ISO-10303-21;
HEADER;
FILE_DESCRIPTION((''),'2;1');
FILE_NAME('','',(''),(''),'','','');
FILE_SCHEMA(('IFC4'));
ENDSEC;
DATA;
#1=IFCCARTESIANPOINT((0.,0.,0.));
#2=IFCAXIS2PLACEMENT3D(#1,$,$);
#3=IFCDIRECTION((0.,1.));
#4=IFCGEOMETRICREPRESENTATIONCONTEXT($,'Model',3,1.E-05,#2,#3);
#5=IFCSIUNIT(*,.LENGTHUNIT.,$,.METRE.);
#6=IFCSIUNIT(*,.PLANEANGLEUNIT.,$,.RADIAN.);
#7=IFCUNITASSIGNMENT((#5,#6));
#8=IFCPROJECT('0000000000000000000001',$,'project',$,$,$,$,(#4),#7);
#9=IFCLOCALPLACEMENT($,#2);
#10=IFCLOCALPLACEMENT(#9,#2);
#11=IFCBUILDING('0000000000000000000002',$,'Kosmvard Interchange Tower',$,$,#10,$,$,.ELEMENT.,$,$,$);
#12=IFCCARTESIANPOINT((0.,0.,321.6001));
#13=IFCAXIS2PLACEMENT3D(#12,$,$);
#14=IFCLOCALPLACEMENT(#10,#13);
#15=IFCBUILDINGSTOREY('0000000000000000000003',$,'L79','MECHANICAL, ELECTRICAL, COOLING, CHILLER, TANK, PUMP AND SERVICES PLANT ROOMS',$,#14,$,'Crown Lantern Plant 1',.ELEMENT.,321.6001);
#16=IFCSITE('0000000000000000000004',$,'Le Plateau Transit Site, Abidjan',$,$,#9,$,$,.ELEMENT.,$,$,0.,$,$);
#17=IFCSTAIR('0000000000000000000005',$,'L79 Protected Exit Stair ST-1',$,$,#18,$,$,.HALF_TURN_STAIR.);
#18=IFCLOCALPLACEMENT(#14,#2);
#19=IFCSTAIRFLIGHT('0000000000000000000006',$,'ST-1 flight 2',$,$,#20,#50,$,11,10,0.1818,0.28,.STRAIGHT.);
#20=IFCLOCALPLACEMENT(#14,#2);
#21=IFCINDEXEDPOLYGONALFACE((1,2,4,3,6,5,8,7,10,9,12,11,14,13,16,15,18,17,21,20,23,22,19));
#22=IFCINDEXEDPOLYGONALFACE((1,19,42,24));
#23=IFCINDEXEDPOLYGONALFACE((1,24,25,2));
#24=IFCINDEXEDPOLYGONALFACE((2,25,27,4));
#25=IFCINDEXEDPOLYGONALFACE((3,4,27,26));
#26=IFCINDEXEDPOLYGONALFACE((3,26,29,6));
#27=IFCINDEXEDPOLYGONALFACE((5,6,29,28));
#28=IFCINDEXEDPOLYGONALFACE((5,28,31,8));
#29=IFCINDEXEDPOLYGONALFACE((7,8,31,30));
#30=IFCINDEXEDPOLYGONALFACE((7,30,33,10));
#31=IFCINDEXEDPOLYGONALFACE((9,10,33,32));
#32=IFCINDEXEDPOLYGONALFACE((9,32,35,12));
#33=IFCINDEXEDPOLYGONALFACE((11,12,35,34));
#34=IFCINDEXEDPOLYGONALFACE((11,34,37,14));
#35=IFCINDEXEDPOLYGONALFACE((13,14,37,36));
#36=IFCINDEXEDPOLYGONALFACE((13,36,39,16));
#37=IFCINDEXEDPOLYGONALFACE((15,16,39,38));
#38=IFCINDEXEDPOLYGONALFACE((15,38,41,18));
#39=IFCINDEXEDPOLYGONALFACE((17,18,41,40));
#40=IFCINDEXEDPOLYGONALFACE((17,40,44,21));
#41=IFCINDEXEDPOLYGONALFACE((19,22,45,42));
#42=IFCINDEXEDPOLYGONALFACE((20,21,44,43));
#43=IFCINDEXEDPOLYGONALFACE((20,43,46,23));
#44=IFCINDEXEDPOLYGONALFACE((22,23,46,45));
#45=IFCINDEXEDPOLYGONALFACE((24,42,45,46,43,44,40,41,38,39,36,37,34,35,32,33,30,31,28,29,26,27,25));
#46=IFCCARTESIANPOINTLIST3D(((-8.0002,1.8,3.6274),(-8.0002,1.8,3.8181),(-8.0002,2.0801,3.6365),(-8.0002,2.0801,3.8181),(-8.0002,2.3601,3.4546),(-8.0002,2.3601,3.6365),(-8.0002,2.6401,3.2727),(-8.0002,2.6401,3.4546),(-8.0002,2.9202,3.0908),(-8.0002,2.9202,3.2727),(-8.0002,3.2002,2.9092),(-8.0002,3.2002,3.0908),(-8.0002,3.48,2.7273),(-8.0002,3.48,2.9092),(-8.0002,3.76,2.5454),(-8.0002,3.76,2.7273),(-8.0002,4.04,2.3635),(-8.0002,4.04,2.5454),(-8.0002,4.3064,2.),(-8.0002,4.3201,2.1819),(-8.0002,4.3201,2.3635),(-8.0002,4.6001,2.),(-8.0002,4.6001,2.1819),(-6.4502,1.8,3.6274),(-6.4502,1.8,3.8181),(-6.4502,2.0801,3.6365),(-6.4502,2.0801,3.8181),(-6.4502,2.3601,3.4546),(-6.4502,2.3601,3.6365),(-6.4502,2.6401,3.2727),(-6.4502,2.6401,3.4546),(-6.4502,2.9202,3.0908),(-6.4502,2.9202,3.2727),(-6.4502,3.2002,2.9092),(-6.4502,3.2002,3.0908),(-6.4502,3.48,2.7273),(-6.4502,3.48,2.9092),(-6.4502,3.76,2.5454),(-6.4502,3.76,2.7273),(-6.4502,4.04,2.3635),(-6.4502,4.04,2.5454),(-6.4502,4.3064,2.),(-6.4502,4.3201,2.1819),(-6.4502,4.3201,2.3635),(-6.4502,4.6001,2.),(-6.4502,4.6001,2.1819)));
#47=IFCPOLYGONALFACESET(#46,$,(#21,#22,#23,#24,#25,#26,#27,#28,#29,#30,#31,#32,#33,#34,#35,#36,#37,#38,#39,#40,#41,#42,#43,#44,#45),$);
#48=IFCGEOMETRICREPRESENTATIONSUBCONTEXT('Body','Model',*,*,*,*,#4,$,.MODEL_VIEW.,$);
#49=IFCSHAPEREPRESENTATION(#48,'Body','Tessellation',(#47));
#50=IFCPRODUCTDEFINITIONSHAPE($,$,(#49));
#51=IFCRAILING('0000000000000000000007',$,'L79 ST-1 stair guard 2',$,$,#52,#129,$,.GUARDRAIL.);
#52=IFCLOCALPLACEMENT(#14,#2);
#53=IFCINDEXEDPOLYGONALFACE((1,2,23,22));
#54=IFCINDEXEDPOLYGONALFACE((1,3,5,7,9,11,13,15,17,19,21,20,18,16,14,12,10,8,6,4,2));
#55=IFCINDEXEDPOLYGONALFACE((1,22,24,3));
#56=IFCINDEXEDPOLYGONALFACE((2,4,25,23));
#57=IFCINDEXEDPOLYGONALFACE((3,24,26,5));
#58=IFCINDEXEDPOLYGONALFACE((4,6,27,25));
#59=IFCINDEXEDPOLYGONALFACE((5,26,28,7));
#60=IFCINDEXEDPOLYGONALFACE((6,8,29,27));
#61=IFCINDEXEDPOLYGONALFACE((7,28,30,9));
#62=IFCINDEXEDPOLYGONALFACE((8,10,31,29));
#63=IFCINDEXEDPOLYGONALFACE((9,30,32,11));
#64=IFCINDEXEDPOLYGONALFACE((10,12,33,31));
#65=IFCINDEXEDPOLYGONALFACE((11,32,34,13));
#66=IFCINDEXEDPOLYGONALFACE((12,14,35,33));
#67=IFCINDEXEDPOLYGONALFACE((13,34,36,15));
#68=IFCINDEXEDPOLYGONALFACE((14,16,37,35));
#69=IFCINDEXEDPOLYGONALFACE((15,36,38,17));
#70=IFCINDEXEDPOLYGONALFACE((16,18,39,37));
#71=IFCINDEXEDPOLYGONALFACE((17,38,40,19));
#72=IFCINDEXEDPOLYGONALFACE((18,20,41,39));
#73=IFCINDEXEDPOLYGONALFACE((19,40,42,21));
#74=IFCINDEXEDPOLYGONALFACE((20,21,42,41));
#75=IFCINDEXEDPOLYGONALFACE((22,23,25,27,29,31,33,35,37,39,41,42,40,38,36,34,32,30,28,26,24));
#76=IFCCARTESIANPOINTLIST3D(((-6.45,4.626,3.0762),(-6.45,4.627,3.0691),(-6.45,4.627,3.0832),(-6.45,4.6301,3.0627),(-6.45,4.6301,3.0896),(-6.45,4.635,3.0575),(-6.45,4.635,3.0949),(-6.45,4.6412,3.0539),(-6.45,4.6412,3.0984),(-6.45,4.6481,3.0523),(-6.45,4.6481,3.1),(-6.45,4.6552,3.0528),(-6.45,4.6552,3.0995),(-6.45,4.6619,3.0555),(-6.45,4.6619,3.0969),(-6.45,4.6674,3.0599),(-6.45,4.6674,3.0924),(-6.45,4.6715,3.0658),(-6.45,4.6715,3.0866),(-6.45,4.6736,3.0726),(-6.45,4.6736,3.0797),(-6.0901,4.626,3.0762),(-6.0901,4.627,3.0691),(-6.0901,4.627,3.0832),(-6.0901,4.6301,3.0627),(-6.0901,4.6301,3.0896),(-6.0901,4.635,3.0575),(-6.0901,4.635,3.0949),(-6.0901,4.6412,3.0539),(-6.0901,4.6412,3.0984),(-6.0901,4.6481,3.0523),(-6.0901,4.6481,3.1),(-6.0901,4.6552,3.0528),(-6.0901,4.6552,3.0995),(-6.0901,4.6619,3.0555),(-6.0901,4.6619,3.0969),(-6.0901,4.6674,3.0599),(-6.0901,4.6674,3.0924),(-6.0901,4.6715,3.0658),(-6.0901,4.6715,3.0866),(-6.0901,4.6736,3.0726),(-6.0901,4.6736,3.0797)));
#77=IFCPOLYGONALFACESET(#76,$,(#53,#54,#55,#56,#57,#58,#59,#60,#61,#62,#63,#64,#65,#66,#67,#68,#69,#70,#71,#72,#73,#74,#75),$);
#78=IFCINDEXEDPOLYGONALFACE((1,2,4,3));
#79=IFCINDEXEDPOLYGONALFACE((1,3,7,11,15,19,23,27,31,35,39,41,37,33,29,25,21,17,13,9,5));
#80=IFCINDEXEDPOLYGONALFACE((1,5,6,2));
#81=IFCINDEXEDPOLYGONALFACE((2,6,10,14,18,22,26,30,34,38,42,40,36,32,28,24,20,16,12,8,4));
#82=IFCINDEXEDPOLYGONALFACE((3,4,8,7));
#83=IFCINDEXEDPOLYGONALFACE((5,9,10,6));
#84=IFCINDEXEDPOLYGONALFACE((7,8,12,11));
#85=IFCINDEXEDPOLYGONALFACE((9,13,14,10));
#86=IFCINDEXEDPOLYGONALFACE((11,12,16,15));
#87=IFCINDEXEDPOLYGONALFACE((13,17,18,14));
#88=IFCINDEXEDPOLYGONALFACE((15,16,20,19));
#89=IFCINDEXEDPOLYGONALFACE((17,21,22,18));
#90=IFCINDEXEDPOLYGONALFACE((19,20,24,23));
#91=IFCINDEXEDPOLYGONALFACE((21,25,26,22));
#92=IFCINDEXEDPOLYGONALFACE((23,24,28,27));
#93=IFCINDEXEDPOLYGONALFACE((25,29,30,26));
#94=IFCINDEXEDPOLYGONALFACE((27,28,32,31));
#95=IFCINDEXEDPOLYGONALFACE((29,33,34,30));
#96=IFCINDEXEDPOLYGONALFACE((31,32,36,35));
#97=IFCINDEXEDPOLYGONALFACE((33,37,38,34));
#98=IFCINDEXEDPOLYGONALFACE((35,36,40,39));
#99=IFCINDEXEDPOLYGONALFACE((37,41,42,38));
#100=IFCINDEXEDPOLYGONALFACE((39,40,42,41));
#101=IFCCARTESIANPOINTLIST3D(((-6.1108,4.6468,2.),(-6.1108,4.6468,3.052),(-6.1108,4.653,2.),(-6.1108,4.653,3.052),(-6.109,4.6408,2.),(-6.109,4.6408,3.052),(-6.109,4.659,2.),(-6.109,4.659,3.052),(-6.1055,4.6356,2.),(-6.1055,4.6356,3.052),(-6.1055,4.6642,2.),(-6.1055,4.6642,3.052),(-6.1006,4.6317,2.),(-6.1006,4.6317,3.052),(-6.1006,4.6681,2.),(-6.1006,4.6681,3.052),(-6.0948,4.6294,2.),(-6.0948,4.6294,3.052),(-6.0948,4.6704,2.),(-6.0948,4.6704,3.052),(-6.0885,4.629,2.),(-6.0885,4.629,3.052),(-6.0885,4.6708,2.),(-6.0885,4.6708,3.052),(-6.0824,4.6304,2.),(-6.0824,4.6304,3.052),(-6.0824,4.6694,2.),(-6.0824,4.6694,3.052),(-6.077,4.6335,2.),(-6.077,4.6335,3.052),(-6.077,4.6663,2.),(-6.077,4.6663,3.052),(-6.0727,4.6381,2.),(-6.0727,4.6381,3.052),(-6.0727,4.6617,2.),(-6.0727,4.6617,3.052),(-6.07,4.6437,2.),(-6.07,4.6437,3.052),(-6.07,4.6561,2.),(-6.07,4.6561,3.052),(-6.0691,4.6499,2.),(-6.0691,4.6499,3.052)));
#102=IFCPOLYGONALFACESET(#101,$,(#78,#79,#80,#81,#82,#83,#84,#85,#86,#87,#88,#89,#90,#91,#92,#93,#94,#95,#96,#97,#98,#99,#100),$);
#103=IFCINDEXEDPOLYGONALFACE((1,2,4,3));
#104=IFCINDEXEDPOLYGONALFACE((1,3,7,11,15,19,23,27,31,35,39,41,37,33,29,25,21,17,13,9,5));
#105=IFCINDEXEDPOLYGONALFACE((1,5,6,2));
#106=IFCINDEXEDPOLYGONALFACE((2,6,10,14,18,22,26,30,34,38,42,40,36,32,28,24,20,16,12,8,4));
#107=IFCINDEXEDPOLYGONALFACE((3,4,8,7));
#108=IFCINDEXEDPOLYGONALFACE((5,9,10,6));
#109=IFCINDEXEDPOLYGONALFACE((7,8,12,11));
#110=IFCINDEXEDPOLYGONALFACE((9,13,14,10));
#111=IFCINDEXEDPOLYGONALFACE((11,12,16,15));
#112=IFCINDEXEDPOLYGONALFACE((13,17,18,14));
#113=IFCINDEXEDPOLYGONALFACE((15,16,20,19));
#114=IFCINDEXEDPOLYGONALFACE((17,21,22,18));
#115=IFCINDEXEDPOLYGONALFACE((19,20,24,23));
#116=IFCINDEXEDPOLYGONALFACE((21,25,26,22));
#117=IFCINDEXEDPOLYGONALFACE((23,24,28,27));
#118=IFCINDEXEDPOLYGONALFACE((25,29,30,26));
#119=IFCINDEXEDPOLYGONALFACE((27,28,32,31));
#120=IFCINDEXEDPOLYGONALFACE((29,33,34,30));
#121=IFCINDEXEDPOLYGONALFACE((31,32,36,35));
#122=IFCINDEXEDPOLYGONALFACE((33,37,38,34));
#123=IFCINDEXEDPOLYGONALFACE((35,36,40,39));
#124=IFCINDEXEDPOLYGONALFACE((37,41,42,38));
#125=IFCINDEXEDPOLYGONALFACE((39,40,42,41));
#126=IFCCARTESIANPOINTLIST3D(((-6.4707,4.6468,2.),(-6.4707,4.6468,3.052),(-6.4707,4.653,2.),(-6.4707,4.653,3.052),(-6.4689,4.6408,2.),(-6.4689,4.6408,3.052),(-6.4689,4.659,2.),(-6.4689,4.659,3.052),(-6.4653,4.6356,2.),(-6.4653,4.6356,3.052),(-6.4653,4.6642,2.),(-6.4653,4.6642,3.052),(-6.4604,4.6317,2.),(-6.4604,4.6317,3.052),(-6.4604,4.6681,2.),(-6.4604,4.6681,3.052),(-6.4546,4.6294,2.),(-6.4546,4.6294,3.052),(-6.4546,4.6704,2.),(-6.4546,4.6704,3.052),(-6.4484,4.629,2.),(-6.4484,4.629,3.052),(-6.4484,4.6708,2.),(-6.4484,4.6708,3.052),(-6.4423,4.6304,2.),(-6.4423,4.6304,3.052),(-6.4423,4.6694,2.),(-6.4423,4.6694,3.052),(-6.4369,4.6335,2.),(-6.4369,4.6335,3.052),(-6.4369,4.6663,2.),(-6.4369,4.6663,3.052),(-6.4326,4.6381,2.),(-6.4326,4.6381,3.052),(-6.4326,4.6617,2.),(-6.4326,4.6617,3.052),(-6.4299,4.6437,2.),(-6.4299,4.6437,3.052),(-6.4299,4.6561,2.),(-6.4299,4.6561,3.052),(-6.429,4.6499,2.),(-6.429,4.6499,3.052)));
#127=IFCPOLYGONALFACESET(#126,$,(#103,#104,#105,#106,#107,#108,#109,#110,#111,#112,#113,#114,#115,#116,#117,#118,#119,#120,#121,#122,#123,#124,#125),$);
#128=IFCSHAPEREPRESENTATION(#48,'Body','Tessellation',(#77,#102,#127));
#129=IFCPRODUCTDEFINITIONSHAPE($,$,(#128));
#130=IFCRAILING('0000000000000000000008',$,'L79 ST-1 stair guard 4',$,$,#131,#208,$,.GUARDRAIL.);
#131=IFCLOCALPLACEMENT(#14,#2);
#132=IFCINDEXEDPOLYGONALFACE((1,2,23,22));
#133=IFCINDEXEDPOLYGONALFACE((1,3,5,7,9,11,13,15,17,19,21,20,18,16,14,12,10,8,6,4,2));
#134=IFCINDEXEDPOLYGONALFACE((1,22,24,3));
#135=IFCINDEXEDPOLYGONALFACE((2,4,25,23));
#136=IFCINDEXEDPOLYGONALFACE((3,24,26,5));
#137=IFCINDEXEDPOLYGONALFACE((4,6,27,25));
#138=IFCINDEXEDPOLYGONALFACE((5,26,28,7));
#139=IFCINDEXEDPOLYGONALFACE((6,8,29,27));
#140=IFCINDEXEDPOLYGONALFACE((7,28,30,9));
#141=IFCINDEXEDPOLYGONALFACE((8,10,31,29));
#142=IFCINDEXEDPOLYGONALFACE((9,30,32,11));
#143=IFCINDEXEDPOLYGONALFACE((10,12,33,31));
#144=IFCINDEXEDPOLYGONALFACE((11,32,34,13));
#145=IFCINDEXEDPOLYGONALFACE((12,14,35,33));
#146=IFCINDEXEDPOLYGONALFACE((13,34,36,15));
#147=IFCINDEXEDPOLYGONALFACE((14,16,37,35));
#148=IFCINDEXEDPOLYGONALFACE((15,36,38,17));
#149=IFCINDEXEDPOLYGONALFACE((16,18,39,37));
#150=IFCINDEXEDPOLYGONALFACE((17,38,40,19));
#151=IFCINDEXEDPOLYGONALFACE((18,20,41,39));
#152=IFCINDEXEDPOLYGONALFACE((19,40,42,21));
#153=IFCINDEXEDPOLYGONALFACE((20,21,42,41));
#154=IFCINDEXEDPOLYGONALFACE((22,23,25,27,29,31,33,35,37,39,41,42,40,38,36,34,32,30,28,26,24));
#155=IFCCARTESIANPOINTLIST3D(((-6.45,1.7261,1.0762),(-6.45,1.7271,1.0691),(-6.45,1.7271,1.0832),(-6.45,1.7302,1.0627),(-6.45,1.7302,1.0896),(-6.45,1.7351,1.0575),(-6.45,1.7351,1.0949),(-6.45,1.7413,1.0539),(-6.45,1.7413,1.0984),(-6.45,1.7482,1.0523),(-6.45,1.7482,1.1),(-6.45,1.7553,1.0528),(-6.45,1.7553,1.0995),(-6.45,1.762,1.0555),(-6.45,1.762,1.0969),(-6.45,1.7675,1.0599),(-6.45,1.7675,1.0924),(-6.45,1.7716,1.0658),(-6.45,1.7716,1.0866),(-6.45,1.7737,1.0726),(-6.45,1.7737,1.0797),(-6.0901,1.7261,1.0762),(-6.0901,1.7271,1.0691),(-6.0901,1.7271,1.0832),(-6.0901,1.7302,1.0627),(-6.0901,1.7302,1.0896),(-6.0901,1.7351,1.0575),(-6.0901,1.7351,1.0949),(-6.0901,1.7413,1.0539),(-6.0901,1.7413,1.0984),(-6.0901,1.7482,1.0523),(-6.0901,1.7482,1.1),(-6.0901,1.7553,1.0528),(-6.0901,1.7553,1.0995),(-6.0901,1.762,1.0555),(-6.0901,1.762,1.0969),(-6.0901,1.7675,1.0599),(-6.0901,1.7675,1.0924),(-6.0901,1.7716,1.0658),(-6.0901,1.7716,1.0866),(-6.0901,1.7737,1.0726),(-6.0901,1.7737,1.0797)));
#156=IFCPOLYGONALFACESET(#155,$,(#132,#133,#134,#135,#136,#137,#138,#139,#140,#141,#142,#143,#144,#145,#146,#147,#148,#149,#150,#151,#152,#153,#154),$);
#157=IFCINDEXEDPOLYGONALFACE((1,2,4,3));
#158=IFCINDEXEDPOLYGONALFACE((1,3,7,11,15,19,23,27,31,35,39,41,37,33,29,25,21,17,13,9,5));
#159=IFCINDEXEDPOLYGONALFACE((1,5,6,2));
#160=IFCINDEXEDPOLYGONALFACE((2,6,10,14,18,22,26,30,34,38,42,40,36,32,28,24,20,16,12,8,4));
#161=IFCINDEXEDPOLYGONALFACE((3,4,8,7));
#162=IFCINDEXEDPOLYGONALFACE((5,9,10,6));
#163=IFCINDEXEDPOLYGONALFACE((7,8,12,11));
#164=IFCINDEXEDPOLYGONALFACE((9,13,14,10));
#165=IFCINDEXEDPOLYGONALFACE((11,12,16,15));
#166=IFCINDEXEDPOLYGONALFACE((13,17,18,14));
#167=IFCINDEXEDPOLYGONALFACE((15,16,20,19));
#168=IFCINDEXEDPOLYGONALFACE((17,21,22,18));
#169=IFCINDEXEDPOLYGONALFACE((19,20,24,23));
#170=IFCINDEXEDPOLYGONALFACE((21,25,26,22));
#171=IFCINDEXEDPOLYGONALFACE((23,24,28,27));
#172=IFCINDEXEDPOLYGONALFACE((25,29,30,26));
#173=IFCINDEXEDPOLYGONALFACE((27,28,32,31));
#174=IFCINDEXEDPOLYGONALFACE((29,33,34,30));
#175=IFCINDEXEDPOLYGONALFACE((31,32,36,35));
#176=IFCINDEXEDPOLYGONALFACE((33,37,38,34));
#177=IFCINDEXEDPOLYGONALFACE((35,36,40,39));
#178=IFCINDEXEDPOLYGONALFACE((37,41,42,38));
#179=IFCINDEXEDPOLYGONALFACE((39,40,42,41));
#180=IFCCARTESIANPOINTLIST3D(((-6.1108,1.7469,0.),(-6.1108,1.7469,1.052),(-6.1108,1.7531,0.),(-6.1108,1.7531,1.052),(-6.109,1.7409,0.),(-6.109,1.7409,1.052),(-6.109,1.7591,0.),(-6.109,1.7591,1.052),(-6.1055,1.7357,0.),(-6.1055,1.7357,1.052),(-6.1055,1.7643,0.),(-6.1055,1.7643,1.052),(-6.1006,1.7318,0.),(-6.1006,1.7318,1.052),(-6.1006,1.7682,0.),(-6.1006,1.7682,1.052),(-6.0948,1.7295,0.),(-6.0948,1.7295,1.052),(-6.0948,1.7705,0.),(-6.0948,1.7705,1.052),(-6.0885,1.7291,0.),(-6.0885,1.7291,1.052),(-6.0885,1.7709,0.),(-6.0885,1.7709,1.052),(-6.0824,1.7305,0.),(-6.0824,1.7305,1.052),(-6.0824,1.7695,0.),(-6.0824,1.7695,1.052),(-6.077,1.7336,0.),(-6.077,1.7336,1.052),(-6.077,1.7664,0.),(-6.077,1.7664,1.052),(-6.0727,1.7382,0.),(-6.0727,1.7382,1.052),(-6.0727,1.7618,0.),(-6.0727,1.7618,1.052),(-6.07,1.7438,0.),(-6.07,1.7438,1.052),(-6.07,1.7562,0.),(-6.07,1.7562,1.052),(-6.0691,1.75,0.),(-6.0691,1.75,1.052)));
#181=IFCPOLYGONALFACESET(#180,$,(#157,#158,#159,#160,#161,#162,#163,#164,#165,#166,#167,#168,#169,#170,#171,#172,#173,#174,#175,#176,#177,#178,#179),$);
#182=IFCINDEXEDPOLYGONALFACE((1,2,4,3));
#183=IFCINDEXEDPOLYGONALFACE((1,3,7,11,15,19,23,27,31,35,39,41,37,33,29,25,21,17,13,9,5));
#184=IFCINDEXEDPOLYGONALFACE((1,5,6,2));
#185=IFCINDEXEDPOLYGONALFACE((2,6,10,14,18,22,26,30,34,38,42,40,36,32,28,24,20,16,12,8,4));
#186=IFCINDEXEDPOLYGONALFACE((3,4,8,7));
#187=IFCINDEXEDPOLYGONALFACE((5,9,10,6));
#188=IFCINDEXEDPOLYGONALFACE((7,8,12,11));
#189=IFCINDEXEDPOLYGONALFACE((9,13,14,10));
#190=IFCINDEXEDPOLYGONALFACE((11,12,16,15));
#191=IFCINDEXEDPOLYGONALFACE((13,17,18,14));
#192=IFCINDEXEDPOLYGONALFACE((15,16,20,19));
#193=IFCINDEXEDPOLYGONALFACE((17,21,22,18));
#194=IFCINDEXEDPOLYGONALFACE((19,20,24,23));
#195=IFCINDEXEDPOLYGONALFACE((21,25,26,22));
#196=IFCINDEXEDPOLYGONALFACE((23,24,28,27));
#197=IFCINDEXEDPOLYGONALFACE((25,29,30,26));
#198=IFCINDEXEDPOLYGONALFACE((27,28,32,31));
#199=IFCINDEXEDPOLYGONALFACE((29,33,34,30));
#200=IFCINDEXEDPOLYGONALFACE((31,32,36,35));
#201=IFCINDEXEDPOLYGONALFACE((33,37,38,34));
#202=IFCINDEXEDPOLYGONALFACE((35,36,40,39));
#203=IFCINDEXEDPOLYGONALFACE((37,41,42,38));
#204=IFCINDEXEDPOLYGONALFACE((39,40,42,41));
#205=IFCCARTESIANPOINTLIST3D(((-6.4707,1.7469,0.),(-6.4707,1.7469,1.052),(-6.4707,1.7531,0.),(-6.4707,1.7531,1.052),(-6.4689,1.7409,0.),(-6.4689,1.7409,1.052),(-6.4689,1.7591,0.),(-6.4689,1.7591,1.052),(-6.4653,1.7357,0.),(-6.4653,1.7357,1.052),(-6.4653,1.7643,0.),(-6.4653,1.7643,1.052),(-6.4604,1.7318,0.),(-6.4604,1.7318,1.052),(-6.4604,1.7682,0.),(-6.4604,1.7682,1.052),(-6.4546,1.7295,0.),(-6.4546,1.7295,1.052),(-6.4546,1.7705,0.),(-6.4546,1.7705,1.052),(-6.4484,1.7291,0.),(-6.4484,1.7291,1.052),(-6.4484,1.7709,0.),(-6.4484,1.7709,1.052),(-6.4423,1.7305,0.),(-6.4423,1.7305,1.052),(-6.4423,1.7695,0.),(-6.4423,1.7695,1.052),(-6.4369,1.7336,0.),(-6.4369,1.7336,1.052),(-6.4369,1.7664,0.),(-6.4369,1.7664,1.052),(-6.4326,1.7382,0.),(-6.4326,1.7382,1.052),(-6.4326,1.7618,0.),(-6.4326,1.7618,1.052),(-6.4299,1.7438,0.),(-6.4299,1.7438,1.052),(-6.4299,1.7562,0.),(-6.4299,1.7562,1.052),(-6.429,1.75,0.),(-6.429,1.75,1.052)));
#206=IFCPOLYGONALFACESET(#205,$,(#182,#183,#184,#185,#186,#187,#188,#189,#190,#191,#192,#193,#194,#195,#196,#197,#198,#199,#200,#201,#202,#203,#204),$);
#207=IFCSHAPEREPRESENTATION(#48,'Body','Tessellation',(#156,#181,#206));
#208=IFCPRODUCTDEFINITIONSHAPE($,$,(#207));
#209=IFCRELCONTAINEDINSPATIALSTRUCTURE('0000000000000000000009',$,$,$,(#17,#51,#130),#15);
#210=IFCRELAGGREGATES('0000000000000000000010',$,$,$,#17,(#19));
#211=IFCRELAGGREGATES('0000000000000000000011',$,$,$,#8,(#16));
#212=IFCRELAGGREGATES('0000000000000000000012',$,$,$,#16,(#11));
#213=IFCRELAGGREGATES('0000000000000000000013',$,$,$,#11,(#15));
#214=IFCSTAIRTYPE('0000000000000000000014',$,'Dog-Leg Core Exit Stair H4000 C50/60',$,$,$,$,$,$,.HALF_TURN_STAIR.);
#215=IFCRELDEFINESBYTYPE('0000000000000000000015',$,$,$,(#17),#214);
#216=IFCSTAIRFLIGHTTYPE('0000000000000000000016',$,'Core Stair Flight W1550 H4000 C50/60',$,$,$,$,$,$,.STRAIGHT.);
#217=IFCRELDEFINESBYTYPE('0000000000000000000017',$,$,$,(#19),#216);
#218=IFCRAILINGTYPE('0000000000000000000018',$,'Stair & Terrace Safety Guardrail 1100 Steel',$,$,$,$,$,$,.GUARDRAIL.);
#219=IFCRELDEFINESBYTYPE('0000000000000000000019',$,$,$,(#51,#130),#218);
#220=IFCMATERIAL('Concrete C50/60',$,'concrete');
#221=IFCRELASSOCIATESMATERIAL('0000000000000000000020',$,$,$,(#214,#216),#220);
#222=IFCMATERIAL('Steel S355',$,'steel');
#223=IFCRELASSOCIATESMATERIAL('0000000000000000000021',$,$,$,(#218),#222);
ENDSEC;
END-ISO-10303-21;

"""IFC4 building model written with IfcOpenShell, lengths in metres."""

from ifc_helpers import new_model, si_unit, direction, frame, origin, origin_2d, place, context, subcontext, project, spatial, polyline, circle, outline, extrude, source, transform, mapped, material, type_object, element, aggregate, save


model = new_model("IFC4")

# Units and contexts
model_context = context("Model", 3, precision=1e-05, world=origin(), true_north=direction((0.0, 1.0)))
body_context = subcontext(model_context, "Body", "Model", "MODEL_VIEW")
ifc_project = project(units=[si_unit("LENGTHUNIT", "METRE"), si_unit("PLANEANGLEUNIT", "RADIAN")], contexts=[model_context])

# Site, building, storey
site_placement = place(None, origin())
site = spatial("IfcSite", under=ifc_project, at=site_placement, Name="Le Plateau Transit Site, Abidjan", CompositionType="ELEMENT", RefElevation=0.0)
building_placement = place(site_placement, origin())
building = spatial("IfcBuilding", under=site, at=building_placement, Name="Kosmvard Interchange Tower", CompositionType="ELEMENT")
storey_placement = place(building_placement, frame((0.0, 0.0, 321.6001)))
storey = spatial("IfcBuildingStorey", under=building, at=storey_placement, Name="L79", Description="MECHANICAL, ELECTRICAL, COOLING, CHILLER, TANK, PUMP AND SERVICES PLANT ROOMS", LongName="Crown Lantern Plant 1", CompositionType="ELEMENT", Elevation=321.6001)

# Shared definitions
ifc_material_1 = material(Name="Concrete C50/60", Category="concrete")

# Shared definitions
ifc_material_2 = material(Name="Steel S355", Category="steel")

# Stair, stair flight
stair_type = type_object("IfcStairType", Name="Dog-Leg Core Exit Stair H4000 C50/60", PredefinedType="HALF_TURN_STAIR", material=ifc_material_1)
stair_placement = place(storey_placement, origin())
stair = element("IfcStair", 1, at=stair_placement, inside=storey, type_object=stair_type, Name="L79 Protected Exit Stair ST-1", PredefinedType="HALF_TURN_STAIR")
stair_flight_type = type_object("IfcStairFlightType", Name="Core Stair Flight W1550 H4000 C50/60", PredefinedType="STRAIGHT", material=ifc_material_1)
shared_shape_1 = source(origin(), body_context, "Body", "SweptSolid", [
    extrude(outline(polyline([(0.0, 0.0), (0.0, 0.1819), (0.28, 0.1819), (0.28, 0.3635), (0.5601, 0.3635), (0.5601, 0.5454), (0.8401, 0.5454), (0.8401, 0.7273), (1.1201, 0.7273), (1.1201, 0.9092), (1.3999, 0.9092), (1.3999, 1.0908), (1.6799, 1.0908), (1.6799, 1.2727), (1.96, 1.2727), (1.96, 1.4546), (2.24, 1.4546), (2.24, 1.6365), (2.52, 1.6365), (2.52, 1.8181), (2.8, 1.8181), (2.8, 2.0), (2.8, 1.6274), (0.2937, 0.0), (0.0, 0.0)])), frame((0.0, 0.7749, 0.0), z_axis=(0.0, -1.0, 0.0), x_axis=(1.0, 0.0, 0.0)), (0.0, 0.0, 1.0), 1.55),
])
stair_flight_1_placement = place(storey_placement, frame((-7.2251, 4.6001, 2.0), z_axis=(0.0, 0.0, 1.0), x_axis=(0.0, -1.0, 0.0)))
stair_flight_1 = element("IfcStairFlight", 2, at=stair_flight_1_placement, type_object=stair_flight_type, Name="ST-1 flight 2", NumberOfRisers=11, NumberOfTreads=10, PredefinedType="STRAIGHT", RiserHeight=0.1818, TreadLength=0.28, context=body_context, shape_type="MappedRepresentation", body=[
    mapped(shared_shape_1, transform((0.0, 0.0, 0.0), scale=1.0)),
])
aggregate(stair, [stair_flight_1])

# Railings
railing_type_1 = type_object("IfcRailingType", Name="Stair & Terrace Safety Guardrail 1100 Steel", PredefinedType="GUARDRAIL", material=ifc_material_2)
shared_shape_2 = source(origin(), body_context, "Body", "SweptSolid", [
    extrude(circle(Radius=0.0239, at=origin_2d()), frame((0.0, 0.0, 1.0762), z_axis=(-1.0, 0.0, 0.0), x_axis=(0.0, -1.0, 0.0)), (0.0, 0.0, 1.0), 0.3599),
    extrude(circle(Radius=0.021, at=origin_2d()), origin(), (0.0, 0.0, 1.0), 1.052),
    extrude(circle(Radius=0.021, at=origin_2d()), frame((-0.3599, 0.0, 0.0)), (0.0, 0.0, 1.0), 1.052),
])
for number, where, name in (
    (3, (-6.0901, 4.6499, 2.0), "L79 ST-1 stair guard 2"),
    (4, (-6.0901, 1.75, 0.0), "L79 ST-1 stair guard 4"),
):
    element("IfcRailing", number, at=place(storey_placement, frame(where)), inside=storey, type_object=railing_type_1, Name=name, PredefinedType="GUARDRAIL", context=body_context, shape_type="MappedRepresentation", body=[
        mapped(shared_shape_2, transform((0.0, 0.0, 0.0), scale=1.0)),
    ])

save(model, "model.ifc")
